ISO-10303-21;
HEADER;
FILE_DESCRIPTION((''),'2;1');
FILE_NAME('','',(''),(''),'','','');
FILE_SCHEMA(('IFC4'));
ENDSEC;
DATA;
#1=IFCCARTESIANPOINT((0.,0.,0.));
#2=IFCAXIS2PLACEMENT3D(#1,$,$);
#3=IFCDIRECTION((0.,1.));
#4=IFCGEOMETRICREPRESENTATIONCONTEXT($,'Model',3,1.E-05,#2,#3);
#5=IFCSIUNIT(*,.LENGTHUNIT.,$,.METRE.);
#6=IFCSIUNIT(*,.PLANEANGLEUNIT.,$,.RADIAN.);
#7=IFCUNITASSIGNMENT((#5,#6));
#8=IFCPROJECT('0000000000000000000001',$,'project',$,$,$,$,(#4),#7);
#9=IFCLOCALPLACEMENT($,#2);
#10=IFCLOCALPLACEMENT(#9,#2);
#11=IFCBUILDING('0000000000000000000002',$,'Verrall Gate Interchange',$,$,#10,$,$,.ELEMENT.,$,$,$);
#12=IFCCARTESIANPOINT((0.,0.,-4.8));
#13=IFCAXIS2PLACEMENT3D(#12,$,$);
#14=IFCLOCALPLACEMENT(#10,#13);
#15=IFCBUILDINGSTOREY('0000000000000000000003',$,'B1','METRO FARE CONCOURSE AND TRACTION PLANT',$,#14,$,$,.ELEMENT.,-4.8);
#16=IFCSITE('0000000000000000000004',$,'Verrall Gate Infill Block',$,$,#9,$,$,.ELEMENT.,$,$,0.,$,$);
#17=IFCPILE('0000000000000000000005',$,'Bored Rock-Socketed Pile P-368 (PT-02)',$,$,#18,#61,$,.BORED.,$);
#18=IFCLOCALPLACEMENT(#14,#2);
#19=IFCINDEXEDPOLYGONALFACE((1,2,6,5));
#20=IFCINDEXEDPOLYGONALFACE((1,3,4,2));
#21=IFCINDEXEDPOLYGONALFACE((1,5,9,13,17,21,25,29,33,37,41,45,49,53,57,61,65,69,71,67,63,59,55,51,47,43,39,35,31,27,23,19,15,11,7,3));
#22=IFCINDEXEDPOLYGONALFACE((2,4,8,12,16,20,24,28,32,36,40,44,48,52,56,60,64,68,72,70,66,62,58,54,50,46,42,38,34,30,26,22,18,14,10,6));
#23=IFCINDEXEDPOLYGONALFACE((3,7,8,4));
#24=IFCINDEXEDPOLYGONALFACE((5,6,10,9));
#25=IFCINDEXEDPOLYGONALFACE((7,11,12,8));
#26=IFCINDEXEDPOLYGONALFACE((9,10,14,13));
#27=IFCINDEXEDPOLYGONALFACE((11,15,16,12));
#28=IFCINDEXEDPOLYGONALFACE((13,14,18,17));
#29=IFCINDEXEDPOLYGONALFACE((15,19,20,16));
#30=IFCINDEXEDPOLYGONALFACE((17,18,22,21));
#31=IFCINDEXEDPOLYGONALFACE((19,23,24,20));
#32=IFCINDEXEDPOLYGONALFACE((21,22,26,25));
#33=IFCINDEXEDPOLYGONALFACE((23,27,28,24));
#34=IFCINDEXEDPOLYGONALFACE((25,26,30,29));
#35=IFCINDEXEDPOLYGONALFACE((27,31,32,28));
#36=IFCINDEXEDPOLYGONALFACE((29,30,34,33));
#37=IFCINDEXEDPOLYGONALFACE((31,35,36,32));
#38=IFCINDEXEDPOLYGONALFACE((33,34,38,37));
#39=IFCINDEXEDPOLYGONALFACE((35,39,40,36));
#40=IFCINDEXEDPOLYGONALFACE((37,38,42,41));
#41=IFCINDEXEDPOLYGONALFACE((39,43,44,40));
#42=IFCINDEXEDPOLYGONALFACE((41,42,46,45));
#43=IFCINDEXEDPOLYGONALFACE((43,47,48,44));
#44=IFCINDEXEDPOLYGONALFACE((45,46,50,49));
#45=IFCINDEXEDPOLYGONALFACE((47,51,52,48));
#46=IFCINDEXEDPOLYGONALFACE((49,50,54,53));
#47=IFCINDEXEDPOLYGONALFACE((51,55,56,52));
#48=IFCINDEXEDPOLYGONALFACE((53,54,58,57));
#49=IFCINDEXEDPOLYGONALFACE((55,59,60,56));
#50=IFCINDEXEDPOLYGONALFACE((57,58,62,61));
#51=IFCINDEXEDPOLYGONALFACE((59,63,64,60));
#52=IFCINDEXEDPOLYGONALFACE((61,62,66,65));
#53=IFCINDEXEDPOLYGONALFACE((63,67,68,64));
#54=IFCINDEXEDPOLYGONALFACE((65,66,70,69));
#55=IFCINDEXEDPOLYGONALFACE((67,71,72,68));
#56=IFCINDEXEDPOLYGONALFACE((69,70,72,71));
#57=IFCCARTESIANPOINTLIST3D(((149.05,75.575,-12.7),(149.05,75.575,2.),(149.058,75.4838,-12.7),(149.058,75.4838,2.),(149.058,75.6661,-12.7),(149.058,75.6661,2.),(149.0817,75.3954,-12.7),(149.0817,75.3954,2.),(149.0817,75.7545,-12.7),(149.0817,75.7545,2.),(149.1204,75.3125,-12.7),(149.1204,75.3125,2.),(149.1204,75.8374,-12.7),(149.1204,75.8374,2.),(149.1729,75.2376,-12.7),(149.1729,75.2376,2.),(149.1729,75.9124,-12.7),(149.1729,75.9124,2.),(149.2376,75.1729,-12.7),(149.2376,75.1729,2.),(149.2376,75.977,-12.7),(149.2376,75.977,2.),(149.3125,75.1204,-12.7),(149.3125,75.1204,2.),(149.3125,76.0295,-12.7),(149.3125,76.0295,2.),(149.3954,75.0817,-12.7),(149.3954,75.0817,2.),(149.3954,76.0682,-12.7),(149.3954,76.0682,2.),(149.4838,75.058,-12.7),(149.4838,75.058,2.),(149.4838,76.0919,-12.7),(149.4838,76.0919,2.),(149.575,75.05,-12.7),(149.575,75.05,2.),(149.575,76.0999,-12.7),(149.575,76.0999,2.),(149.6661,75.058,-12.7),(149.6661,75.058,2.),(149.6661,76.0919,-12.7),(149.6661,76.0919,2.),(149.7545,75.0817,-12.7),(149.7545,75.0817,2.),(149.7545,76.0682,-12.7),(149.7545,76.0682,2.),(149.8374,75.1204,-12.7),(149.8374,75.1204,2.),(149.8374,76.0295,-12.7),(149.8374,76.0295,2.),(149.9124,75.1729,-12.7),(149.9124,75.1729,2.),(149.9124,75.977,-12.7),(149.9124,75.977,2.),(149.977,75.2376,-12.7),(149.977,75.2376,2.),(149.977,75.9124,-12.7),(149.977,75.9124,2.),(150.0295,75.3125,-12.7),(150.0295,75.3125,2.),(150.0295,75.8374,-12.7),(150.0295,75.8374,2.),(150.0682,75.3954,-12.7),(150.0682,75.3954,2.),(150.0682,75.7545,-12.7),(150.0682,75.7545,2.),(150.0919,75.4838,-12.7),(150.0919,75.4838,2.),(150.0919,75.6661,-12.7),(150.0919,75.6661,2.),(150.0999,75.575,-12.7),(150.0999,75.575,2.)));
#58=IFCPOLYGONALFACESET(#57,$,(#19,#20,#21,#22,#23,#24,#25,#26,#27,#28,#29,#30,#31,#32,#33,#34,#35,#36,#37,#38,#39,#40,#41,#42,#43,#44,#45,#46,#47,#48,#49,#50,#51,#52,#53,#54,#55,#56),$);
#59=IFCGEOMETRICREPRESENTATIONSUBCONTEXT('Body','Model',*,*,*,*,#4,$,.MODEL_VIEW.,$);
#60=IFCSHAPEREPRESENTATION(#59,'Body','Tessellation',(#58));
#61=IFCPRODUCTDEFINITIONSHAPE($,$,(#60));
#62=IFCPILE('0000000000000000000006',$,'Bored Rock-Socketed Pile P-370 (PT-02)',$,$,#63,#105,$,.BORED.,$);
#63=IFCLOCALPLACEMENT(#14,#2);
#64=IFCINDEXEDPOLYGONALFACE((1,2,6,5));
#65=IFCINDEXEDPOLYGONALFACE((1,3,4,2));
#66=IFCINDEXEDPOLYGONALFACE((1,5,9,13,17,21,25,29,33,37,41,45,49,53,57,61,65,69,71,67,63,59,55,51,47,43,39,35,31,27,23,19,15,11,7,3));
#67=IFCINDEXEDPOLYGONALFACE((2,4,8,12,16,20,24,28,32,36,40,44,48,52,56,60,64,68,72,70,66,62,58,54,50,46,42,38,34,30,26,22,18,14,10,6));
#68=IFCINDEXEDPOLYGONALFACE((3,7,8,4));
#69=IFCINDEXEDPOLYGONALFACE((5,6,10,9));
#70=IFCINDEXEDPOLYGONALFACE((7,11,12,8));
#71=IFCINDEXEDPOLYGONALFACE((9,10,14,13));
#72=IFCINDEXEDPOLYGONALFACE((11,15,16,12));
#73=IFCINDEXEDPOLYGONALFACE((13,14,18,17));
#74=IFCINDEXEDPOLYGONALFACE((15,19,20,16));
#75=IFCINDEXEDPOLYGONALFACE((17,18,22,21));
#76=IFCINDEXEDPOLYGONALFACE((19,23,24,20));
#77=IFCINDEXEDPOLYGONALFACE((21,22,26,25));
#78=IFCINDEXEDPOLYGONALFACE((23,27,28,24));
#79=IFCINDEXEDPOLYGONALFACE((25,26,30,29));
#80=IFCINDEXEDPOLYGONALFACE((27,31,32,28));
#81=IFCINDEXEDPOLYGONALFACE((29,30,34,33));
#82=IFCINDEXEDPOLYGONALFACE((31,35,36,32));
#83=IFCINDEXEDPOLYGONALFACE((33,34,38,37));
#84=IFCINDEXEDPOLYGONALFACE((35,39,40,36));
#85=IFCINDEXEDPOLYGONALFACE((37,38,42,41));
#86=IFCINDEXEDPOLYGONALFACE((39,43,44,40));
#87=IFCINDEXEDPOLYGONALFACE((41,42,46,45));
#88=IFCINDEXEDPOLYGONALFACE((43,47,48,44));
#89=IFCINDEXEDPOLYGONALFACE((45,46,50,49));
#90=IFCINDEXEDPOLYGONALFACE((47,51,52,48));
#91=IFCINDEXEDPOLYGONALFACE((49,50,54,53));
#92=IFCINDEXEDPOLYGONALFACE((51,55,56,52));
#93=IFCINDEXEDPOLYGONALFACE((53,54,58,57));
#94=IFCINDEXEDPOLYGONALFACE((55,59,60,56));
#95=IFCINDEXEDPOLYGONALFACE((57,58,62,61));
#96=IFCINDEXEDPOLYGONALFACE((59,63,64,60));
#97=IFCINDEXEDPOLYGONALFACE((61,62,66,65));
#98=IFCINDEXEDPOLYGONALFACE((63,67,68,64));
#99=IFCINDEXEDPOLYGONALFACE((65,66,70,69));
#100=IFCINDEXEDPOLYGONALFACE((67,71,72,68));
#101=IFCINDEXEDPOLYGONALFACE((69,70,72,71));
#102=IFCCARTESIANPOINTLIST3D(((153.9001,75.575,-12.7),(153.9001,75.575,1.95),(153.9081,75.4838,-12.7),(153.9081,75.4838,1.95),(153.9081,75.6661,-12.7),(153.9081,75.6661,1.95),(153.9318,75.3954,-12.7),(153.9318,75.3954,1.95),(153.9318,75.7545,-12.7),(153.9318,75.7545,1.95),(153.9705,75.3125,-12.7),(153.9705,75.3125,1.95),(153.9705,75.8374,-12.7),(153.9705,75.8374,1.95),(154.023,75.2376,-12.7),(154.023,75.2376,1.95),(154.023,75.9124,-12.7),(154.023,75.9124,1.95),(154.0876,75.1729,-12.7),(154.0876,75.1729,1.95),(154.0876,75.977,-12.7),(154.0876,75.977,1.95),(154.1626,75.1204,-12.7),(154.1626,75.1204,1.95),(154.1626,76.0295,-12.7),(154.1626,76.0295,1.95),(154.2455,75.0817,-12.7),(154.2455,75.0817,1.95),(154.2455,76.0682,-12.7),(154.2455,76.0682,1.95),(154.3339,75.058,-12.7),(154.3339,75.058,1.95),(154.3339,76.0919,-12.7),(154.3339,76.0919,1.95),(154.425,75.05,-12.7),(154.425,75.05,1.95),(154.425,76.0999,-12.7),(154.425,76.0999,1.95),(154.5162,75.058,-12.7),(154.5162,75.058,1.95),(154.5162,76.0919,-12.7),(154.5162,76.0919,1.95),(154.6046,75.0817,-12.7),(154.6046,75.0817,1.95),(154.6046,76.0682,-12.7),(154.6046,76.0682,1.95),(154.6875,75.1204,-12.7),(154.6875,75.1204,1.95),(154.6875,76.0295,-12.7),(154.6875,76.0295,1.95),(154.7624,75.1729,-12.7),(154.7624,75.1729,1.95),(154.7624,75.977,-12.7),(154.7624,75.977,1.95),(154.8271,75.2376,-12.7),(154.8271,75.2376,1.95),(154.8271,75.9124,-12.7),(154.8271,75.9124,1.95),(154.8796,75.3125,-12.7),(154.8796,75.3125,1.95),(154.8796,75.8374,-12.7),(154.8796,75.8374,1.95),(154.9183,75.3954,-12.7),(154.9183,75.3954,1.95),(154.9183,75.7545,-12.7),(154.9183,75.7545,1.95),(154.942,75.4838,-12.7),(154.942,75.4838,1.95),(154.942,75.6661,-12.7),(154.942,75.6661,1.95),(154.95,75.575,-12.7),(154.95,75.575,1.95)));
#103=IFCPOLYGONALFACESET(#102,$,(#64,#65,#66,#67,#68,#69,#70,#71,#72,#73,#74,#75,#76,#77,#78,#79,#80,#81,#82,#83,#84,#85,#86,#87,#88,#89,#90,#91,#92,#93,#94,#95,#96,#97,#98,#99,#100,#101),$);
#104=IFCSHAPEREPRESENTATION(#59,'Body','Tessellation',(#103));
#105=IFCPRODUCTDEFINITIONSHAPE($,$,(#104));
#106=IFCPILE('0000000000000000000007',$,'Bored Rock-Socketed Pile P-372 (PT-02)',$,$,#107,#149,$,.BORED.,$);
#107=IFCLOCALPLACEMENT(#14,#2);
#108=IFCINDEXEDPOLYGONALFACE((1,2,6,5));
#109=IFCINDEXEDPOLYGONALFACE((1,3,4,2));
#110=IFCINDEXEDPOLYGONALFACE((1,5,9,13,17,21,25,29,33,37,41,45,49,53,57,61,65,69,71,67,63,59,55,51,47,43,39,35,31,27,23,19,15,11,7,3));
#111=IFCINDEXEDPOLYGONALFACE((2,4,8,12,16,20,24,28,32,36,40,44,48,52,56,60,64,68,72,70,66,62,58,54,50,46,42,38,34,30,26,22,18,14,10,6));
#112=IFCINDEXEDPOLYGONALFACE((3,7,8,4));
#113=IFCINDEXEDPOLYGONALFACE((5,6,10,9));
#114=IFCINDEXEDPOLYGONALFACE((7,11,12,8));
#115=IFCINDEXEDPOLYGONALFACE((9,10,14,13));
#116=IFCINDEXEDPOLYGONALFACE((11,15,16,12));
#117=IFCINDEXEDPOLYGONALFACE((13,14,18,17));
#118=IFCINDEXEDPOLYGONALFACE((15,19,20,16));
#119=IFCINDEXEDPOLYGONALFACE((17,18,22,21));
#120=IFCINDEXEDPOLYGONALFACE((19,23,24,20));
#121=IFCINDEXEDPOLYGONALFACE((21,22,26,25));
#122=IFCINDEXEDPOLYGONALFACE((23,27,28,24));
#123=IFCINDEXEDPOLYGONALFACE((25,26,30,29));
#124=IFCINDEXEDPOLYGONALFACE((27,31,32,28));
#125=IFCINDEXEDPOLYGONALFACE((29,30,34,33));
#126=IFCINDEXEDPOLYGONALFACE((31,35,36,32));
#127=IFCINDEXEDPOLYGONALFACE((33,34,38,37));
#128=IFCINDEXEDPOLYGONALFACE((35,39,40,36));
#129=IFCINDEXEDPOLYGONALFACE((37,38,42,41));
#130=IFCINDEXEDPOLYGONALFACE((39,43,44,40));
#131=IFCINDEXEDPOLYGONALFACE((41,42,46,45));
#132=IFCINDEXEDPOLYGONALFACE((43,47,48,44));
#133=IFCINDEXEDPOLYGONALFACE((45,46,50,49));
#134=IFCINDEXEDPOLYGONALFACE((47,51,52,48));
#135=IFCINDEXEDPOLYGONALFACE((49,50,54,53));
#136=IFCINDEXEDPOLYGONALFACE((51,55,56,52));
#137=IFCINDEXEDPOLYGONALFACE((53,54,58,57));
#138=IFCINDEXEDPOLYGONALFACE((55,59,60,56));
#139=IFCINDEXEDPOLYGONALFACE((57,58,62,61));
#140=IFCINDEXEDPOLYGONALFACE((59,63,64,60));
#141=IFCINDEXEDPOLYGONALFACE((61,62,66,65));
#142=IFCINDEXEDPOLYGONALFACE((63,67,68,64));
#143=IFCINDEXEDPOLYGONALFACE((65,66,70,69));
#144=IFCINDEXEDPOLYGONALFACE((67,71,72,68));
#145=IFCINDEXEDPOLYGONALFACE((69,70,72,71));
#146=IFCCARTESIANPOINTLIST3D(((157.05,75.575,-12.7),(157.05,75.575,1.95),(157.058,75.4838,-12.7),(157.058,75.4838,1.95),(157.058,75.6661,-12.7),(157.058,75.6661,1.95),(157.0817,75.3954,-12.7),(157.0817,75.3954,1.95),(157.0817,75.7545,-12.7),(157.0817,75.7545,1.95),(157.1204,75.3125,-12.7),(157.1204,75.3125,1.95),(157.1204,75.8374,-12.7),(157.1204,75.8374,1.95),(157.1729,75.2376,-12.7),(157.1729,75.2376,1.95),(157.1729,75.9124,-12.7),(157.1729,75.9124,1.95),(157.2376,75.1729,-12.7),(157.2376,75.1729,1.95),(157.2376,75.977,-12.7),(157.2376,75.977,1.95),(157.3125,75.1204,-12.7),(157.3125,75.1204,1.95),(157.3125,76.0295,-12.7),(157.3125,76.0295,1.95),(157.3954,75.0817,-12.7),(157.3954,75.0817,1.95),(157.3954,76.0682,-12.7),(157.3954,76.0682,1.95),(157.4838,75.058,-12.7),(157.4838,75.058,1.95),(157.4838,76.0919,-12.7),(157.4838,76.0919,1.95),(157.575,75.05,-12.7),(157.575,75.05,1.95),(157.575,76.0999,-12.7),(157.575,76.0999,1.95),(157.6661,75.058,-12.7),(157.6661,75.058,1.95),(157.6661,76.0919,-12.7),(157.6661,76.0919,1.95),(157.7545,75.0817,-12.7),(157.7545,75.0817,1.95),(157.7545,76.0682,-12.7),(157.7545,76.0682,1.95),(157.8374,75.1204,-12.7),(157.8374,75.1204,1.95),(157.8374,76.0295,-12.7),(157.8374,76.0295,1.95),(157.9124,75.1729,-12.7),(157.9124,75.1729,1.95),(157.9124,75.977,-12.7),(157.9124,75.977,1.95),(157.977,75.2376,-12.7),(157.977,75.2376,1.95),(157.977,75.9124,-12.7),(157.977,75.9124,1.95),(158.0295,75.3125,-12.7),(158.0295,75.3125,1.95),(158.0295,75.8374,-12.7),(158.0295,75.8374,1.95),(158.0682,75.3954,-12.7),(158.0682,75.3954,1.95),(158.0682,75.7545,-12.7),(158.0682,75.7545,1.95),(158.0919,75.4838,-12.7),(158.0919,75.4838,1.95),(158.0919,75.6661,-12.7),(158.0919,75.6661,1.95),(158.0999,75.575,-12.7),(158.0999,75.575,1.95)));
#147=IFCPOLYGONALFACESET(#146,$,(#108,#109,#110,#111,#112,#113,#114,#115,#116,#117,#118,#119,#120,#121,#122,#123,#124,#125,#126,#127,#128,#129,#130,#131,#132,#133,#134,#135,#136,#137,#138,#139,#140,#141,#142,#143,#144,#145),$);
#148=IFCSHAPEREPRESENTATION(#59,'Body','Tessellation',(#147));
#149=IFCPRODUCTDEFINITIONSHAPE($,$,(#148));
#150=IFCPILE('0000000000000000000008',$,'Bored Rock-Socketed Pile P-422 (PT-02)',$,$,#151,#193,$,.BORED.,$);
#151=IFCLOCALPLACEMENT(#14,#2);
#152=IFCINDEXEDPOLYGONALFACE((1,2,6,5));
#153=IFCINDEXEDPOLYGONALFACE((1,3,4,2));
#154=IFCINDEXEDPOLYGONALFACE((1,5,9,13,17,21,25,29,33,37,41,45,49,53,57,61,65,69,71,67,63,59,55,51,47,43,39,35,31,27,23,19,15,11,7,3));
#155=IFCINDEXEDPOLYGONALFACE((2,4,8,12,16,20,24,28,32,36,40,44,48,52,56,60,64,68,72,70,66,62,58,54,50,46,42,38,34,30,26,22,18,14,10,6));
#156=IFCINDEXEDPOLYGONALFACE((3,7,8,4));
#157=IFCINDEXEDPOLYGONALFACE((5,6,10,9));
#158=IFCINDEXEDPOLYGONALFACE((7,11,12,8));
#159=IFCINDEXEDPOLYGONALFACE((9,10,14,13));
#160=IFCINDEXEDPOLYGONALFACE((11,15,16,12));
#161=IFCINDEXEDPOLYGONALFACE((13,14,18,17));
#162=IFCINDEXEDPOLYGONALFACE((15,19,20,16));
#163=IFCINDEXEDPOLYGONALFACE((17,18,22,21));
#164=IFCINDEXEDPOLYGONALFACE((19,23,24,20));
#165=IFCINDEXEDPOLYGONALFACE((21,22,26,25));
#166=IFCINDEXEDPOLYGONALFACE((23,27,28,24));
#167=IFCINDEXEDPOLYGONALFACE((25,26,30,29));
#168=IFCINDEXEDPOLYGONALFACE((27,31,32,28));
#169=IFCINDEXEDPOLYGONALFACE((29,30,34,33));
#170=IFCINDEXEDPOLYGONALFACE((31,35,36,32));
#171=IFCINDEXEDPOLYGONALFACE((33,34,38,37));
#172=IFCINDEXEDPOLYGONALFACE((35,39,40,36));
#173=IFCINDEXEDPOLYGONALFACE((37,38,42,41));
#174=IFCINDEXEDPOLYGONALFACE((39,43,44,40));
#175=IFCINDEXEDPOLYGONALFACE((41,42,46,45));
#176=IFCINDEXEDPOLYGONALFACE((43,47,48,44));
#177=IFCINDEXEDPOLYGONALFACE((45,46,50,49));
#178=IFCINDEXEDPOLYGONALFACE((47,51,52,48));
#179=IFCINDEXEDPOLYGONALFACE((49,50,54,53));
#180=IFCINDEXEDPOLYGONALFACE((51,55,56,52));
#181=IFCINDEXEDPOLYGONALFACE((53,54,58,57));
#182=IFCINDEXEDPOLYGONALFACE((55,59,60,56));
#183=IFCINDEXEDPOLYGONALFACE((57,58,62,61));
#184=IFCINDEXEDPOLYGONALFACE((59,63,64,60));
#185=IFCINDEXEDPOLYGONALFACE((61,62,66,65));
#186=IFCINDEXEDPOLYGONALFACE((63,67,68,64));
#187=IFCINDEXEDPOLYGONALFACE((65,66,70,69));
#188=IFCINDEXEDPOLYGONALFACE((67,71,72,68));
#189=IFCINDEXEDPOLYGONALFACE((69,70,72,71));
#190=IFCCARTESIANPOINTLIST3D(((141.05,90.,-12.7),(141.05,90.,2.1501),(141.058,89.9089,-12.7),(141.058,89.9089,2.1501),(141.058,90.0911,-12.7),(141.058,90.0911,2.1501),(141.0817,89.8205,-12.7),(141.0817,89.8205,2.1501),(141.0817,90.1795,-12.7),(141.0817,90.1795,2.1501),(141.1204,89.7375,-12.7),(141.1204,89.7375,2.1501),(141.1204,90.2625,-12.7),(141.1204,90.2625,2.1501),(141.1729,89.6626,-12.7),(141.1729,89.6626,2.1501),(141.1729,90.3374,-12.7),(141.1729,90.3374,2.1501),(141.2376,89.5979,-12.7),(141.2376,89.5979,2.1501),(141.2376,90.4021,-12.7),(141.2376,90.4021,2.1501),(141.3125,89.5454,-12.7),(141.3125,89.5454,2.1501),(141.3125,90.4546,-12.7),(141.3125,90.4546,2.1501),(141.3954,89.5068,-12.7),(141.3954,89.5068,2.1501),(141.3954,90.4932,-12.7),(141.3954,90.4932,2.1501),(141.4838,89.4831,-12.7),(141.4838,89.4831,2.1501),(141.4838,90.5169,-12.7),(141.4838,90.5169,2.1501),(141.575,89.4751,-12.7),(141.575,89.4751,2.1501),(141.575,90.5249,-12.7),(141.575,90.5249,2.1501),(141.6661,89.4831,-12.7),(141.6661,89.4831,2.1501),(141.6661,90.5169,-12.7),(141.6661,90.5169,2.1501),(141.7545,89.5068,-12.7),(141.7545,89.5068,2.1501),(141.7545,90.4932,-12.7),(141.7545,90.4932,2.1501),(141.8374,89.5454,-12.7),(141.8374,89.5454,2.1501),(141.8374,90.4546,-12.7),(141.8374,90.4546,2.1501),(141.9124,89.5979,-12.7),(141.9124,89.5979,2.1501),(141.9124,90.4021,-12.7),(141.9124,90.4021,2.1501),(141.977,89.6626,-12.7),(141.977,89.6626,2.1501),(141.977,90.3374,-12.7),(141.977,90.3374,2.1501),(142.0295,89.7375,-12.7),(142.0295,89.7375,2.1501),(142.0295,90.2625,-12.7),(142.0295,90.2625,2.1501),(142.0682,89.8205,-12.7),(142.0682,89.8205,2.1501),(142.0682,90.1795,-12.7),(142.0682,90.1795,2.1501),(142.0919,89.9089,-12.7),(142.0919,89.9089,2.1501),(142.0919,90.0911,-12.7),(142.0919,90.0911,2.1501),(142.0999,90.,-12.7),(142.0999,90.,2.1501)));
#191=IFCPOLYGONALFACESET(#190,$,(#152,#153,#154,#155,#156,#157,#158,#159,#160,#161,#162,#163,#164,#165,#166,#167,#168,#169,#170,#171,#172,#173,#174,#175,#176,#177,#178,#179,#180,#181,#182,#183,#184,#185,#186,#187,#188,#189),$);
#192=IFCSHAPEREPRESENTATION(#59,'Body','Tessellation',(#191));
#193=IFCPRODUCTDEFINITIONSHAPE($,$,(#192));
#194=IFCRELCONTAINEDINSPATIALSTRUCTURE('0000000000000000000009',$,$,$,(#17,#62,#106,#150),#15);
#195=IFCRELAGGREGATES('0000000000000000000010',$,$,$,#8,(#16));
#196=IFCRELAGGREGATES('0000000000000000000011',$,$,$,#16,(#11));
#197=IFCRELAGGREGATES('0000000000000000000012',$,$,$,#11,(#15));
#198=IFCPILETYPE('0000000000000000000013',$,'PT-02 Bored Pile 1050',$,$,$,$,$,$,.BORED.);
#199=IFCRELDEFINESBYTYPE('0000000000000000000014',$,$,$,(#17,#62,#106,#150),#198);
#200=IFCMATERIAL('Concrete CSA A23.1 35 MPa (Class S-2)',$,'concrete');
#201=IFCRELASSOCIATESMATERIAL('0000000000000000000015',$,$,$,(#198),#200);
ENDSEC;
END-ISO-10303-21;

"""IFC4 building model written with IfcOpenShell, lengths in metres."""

from ifc_helpers import new_model, si_unit, direction, frame, origin, origin_2d, place, context, subcontext, project, spatial, circle, extrude, material, material_profile, profile_set, type_object, element, save


model = new_model("IFC4")

# Units and contexts
model_context = context("Model", 3, precision=1e-05, world=origin(), true_north=direction((0.0, 1.0)))
body_context = subcontext(model_context, "Body", "Model", "MODEL_VIEW")
ifc_project = project(units=[si_unit("LENGTHUNIT", "METRE"), si_unit("PLANEANGLEUNIT", "RADIAN")], contexts=[model_context])

# Site, building, storey
site_placement = place(None, origin())
site = spatial("IfcSite", under=ifc_project, at=site_placement, Name="Verrall Gate Infill Block", CompositionType="ELEMENT", RefElevation=0.0)
building_placement = place(site_placement, origin())
building = spatial("IfcBuilding", under=site, at=building_placement, Name="Verrall Gate Interchange", CompositionType="ELEMENT")
storey_placement = place(building_placement, frame((0.0, 0.0, -4.8)))
storey = spatial("IfcBuildingStorey", under=building, at=storey_placement, Name="B1", Description="METRO FARE CONCOURSE AND TRACTION PLANT", CompositionType="ELEMENT", Elevation=-4.8)

# Piles
ifc_material_1 = material(Name="Concrete CSA A23.1 35 MPa (Class S-2)", Category="concrete")
ifc_material_profile_1 = material_profile(ifc_material_1, circle(Radius=0.5249, at=origin_2d()), Name="PILE1050D")
ifc_profile_set_1 = profile_set([ifc_material_profile_1], Name="Concrete CSA A23.1 35 MPa (Class S-2)")
pile_type = type_object("IfcPileType", Name="PT-02 Bored Pile 1050", PredefinedType="BORED", material=ifc_profile_set_1)
for number, where, z_axis, x_axis, name in (
    (1, (149.575, 75.575, 2.0), (0.0, 0.0, -1.0), (1.0, 0.0, 0.0), "Bored Rock-Socketed Pile P-368 (PT-02)"),
):
    element("IfcPile", number, at=place(storey_placement, frame(where, z_axis=z_axis, x_axis=x_axis)), inside=storey, type_object=pile_type, Name=name, PredefinedType="BORED", context=body_context, shape_type="SweptSolid", body=[
        extrude(circle(Radius=0.5249, at=origin_2d()), origin(), (0.0, 0.0, 1.0), 14.7),
    ])
for number, where, z_axis, x_axis, name in (
    (2, (154.425, 75.575, 1.95), (0.0, 0.0, -1.0), (1.0, 0.0, 0.0), "Bored Rock-Socketed Pile P-370 (PT-02)"),
    (3, (157.575, 75.575, 1.95), (0.0, 0.0, -1.0), (1.0, 0.0, 0.0), "Bored Rock-Socketed Pile P-372 (PT-02)"),
):
    element("IfcPile", number, at=place(storey_placement, frame(where, z_axis=z_axis, x_axis=x_axis)), inside=storey, type_object=pile_type, Name=name, PredefinedType="BORED", context=body_context, shape_type="SweptSolid", body=[
        extrude(circle(Radius=0.5249, at=origin_2d()), origin(), (0.0, 0.0, 1.0), 14.6499),
    ])
pile_1_placement = place(storey_placement, frame((141.575, 90.0, 2.1501), z_axis=(0.0, 0.0, -1.0), x_axis=(1.0, 0.0, 0.0)))
element("IfcPile", 4, at=pile_1_placement, inside=storey, type_object=pile_type, Name="Bored Rock-Socketed Pile P-422 (PT-02)", PredefinedType="BORED", context=body_context, shape_type="SweptSolid", body=[
    extrude(circle(Radius=0.5249, at=origin_2d()), origin(), (0.0, 0.0, 1.0), 14.8501),
])

save(model, "model.ifc")
